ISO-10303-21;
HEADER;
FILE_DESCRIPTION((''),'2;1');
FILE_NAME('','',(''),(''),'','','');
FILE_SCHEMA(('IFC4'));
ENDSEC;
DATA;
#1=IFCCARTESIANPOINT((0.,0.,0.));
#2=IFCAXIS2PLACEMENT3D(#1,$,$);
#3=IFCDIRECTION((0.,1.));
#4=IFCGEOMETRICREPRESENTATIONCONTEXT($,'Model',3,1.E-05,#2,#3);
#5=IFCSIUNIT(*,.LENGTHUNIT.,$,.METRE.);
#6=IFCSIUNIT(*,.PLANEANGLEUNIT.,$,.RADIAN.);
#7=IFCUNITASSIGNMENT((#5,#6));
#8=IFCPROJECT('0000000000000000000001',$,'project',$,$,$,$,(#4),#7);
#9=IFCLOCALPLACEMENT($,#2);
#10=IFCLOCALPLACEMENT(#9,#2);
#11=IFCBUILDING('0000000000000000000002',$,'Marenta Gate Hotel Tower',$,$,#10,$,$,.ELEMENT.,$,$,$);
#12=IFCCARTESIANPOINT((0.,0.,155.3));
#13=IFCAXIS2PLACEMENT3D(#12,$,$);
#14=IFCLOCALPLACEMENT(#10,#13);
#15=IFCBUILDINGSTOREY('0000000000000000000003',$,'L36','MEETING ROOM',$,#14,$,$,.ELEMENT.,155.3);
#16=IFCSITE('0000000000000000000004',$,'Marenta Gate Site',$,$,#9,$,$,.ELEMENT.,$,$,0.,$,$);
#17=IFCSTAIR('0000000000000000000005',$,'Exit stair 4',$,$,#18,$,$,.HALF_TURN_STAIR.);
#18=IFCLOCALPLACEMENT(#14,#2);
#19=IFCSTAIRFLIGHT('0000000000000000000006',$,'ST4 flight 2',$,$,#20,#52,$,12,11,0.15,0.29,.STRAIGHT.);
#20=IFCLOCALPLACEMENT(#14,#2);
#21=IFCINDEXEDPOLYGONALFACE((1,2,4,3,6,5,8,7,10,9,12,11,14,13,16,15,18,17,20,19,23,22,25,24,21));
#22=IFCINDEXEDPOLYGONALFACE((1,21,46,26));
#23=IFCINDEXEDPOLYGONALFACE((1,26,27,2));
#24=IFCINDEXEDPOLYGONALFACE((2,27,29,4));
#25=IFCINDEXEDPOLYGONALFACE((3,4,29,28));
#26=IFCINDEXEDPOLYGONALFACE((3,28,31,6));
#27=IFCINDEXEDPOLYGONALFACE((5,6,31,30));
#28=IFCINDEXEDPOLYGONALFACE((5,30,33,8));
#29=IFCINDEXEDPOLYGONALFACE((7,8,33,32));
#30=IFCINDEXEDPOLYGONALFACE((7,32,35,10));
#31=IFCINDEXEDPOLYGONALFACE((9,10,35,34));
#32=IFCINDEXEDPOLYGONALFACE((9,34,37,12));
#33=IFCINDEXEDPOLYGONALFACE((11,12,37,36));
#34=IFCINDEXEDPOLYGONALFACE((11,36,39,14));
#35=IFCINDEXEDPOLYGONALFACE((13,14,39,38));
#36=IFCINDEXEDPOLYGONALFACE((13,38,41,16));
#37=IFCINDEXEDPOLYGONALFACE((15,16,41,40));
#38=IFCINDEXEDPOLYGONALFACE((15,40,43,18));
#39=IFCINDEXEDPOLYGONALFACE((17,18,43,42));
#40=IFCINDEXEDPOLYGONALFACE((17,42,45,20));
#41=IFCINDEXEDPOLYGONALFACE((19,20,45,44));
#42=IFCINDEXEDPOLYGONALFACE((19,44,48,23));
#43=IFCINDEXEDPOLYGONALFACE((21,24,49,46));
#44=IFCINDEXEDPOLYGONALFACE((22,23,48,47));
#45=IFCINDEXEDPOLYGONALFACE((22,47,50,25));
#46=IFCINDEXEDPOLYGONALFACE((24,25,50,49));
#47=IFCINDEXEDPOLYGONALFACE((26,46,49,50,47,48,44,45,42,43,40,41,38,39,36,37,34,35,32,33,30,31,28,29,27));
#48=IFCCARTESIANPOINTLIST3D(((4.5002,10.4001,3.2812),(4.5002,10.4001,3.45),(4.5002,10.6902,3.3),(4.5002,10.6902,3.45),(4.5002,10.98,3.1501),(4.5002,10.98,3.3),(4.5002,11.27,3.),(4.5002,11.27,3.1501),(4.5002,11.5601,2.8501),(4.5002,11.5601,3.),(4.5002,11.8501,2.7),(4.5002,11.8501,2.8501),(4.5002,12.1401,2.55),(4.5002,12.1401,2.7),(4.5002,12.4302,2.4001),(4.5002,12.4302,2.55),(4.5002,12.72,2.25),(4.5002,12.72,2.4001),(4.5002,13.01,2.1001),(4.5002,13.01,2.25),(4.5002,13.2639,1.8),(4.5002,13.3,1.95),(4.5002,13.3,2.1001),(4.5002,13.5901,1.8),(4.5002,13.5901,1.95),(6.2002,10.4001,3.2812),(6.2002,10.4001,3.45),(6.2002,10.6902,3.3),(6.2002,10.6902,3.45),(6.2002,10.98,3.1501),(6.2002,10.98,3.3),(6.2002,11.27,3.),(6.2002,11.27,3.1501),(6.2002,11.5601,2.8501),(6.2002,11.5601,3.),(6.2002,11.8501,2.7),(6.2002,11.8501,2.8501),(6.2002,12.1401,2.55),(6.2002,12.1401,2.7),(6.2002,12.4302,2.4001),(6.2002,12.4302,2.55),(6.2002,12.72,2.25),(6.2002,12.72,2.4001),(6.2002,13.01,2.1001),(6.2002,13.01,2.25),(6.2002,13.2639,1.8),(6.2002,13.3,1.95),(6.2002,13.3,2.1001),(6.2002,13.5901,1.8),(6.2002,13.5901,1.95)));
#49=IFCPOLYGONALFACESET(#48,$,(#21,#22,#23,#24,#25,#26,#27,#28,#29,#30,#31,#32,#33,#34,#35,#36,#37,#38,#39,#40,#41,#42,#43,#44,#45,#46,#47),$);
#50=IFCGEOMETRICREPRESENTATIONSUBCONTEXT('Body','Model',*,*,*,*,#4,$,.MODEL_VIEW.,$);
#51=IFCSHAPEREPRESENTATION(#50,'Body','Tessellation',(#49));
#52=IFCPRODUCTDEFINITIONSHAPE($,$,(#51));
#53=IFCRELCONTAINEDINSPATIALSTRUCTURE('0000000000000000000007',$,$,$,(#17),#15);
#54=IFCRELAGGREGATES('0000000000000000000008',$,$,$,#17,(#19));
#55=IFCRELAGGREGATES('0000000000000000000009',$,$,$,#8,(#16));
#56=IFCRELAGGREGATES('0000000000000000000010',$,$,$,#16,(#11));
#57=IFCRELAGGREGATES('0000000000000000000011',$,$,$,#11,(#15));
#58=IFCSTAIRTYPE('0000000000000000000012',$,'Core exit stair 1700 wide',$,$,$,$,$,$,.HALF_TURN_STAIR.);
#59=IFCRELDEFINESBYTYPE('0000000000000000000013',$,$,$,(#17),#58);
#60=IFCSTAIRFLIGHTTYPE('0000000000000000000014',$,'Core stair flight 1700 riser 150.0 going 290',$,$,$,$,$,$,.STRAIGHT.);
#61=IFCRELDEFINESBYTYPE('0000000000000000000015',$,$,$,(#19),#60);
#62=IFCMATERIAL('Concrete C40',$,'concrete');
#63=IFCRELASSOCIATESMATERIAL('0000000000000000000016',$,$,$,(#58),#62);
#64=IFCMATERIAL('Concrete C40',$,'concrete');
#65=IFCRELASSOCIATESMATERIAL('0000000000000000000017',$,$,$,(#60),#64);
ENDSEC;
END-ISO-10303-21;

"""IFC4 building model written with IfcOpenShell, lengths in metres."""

from ifc_helpers import new_model, si_unit, direction, frame, origin, place, context, subcontext, project, spatial, polyline, outline, extrude, material, type_object, element, aggregate, save


model = new_model("IFC4")

# Units and contexts
model_context = context("Model", 3, precision=1e-05, world=origin(), true_north=direction((0.0, 1.0)))
body_context = subcontext(model_context, "Body", "Model", "MODEL_VIEW")
ifc_project = project(units=[si_unit("LENGTHUNIT", "METRE"), si_unit("PLANEANGLEUNIT", "RADIAN")], contexts=[model_context])

# Site, building, storey
site_placement = place(None, origin())
site = spatial("IfcSite", under=ifc_project, at=site_placement, Name="Marenta Gate Site", CompositionType="ELEMENT", RefElevation=0.0)
building_placement = place(site_placement, origin())
building = spatial("IfcBuilding", under=site, at=building_placement, Name="Marenta Gate Hotel Tower", CompositionType="ELEMENT")
storey_placement = place(building_placement, frame((0.0, 0.0, 155.3)))
storey = spatial("IfcBuildingStorey", under=building, at=storey_placement, Name="L36", Description="MEETING ROOM", CompositionType="ELEMENT", Elevation=155.3)

# Stair, stair flight
ifc_material_1 = material(Name="Concrete C40", Category="concrete")
stair_type = type_object("IfcStairType", Name="Core exit stair 1700 wide", PredefinedType="HALF_TURN_STAIR", material=ifc_material_1)
ifc_material_2 = material(Name="Concrete C40", Category="concrete")
stair_flight_type = type_object("IfcStairFlightType", Name="Core stair flight 1700 riser 150.0 going 290", PredefinedType="STRAIGHT", material=ifc_material_2)
stair_1_placement = place(storey_placement, origin())
stair_1 = element("IfcStair", 1, at=stair_1_placement, inside=storey, type_object=stair_type, Name="Exit stair 4", PredefinedType="HALF_TURN_STAIR")
stair_flight_1_placement = place(storey_placement, frame((5.3501, 13.5901, 1.8), z_axis=(0.0, 0.0, 1.0), x_axis=(0.0, -1.0, 0.0)))
stair_flight_1 = element("IfcStairFlight", 2, at=stair_flight_1_placement, type_object=stair_flight_type, Name="ST4 flight 2", NumberOfRisers=12, NumberOfTreads=11, PredefinedType="STRAIGHT", RiserHeight=0.15, TreadLength=0.29, context=body_context, shape_type="SweptSolid", body=[
    extrude(outline(polyline([(0.0, 0.0), (0.0, 0.1499), (0.29, 0.1499), (0.29, 0.3), (0.5801, 0.3), (0.5801, 0.45), (0.8701, 0.45), (0.8701, 0.6001), (1.1599, 0.6001), (1.1599, 0.75), (1.45, 0.75), (1.45, 0.8999), (1.74, 0.8999), (1.74, 1.05), (2.03, 1.05), (2.03, 1.2), (2.3201, 1.2), (2.3201, 1.3501), (2.6101, 1.3501), (2.6101, 1.5), (2.8999, 1.5), (2.8999, 1.6499), (3.1899, 1.6499), (3.1899, 1.8), (3.1899, 1.4812), (0.3262, 0.0), (0.0, 0.0)])), frame((0.0, 0.8501, 0.0), z_axis=(0.0, -1.0, 0.0), x_axis=(1.0, 0.0, 0.0)), (0.0, 0.0, 1.0), 1.7),
])
aggregate(stair_1, [stair_flight_1])

save(model, "model.ifc")
